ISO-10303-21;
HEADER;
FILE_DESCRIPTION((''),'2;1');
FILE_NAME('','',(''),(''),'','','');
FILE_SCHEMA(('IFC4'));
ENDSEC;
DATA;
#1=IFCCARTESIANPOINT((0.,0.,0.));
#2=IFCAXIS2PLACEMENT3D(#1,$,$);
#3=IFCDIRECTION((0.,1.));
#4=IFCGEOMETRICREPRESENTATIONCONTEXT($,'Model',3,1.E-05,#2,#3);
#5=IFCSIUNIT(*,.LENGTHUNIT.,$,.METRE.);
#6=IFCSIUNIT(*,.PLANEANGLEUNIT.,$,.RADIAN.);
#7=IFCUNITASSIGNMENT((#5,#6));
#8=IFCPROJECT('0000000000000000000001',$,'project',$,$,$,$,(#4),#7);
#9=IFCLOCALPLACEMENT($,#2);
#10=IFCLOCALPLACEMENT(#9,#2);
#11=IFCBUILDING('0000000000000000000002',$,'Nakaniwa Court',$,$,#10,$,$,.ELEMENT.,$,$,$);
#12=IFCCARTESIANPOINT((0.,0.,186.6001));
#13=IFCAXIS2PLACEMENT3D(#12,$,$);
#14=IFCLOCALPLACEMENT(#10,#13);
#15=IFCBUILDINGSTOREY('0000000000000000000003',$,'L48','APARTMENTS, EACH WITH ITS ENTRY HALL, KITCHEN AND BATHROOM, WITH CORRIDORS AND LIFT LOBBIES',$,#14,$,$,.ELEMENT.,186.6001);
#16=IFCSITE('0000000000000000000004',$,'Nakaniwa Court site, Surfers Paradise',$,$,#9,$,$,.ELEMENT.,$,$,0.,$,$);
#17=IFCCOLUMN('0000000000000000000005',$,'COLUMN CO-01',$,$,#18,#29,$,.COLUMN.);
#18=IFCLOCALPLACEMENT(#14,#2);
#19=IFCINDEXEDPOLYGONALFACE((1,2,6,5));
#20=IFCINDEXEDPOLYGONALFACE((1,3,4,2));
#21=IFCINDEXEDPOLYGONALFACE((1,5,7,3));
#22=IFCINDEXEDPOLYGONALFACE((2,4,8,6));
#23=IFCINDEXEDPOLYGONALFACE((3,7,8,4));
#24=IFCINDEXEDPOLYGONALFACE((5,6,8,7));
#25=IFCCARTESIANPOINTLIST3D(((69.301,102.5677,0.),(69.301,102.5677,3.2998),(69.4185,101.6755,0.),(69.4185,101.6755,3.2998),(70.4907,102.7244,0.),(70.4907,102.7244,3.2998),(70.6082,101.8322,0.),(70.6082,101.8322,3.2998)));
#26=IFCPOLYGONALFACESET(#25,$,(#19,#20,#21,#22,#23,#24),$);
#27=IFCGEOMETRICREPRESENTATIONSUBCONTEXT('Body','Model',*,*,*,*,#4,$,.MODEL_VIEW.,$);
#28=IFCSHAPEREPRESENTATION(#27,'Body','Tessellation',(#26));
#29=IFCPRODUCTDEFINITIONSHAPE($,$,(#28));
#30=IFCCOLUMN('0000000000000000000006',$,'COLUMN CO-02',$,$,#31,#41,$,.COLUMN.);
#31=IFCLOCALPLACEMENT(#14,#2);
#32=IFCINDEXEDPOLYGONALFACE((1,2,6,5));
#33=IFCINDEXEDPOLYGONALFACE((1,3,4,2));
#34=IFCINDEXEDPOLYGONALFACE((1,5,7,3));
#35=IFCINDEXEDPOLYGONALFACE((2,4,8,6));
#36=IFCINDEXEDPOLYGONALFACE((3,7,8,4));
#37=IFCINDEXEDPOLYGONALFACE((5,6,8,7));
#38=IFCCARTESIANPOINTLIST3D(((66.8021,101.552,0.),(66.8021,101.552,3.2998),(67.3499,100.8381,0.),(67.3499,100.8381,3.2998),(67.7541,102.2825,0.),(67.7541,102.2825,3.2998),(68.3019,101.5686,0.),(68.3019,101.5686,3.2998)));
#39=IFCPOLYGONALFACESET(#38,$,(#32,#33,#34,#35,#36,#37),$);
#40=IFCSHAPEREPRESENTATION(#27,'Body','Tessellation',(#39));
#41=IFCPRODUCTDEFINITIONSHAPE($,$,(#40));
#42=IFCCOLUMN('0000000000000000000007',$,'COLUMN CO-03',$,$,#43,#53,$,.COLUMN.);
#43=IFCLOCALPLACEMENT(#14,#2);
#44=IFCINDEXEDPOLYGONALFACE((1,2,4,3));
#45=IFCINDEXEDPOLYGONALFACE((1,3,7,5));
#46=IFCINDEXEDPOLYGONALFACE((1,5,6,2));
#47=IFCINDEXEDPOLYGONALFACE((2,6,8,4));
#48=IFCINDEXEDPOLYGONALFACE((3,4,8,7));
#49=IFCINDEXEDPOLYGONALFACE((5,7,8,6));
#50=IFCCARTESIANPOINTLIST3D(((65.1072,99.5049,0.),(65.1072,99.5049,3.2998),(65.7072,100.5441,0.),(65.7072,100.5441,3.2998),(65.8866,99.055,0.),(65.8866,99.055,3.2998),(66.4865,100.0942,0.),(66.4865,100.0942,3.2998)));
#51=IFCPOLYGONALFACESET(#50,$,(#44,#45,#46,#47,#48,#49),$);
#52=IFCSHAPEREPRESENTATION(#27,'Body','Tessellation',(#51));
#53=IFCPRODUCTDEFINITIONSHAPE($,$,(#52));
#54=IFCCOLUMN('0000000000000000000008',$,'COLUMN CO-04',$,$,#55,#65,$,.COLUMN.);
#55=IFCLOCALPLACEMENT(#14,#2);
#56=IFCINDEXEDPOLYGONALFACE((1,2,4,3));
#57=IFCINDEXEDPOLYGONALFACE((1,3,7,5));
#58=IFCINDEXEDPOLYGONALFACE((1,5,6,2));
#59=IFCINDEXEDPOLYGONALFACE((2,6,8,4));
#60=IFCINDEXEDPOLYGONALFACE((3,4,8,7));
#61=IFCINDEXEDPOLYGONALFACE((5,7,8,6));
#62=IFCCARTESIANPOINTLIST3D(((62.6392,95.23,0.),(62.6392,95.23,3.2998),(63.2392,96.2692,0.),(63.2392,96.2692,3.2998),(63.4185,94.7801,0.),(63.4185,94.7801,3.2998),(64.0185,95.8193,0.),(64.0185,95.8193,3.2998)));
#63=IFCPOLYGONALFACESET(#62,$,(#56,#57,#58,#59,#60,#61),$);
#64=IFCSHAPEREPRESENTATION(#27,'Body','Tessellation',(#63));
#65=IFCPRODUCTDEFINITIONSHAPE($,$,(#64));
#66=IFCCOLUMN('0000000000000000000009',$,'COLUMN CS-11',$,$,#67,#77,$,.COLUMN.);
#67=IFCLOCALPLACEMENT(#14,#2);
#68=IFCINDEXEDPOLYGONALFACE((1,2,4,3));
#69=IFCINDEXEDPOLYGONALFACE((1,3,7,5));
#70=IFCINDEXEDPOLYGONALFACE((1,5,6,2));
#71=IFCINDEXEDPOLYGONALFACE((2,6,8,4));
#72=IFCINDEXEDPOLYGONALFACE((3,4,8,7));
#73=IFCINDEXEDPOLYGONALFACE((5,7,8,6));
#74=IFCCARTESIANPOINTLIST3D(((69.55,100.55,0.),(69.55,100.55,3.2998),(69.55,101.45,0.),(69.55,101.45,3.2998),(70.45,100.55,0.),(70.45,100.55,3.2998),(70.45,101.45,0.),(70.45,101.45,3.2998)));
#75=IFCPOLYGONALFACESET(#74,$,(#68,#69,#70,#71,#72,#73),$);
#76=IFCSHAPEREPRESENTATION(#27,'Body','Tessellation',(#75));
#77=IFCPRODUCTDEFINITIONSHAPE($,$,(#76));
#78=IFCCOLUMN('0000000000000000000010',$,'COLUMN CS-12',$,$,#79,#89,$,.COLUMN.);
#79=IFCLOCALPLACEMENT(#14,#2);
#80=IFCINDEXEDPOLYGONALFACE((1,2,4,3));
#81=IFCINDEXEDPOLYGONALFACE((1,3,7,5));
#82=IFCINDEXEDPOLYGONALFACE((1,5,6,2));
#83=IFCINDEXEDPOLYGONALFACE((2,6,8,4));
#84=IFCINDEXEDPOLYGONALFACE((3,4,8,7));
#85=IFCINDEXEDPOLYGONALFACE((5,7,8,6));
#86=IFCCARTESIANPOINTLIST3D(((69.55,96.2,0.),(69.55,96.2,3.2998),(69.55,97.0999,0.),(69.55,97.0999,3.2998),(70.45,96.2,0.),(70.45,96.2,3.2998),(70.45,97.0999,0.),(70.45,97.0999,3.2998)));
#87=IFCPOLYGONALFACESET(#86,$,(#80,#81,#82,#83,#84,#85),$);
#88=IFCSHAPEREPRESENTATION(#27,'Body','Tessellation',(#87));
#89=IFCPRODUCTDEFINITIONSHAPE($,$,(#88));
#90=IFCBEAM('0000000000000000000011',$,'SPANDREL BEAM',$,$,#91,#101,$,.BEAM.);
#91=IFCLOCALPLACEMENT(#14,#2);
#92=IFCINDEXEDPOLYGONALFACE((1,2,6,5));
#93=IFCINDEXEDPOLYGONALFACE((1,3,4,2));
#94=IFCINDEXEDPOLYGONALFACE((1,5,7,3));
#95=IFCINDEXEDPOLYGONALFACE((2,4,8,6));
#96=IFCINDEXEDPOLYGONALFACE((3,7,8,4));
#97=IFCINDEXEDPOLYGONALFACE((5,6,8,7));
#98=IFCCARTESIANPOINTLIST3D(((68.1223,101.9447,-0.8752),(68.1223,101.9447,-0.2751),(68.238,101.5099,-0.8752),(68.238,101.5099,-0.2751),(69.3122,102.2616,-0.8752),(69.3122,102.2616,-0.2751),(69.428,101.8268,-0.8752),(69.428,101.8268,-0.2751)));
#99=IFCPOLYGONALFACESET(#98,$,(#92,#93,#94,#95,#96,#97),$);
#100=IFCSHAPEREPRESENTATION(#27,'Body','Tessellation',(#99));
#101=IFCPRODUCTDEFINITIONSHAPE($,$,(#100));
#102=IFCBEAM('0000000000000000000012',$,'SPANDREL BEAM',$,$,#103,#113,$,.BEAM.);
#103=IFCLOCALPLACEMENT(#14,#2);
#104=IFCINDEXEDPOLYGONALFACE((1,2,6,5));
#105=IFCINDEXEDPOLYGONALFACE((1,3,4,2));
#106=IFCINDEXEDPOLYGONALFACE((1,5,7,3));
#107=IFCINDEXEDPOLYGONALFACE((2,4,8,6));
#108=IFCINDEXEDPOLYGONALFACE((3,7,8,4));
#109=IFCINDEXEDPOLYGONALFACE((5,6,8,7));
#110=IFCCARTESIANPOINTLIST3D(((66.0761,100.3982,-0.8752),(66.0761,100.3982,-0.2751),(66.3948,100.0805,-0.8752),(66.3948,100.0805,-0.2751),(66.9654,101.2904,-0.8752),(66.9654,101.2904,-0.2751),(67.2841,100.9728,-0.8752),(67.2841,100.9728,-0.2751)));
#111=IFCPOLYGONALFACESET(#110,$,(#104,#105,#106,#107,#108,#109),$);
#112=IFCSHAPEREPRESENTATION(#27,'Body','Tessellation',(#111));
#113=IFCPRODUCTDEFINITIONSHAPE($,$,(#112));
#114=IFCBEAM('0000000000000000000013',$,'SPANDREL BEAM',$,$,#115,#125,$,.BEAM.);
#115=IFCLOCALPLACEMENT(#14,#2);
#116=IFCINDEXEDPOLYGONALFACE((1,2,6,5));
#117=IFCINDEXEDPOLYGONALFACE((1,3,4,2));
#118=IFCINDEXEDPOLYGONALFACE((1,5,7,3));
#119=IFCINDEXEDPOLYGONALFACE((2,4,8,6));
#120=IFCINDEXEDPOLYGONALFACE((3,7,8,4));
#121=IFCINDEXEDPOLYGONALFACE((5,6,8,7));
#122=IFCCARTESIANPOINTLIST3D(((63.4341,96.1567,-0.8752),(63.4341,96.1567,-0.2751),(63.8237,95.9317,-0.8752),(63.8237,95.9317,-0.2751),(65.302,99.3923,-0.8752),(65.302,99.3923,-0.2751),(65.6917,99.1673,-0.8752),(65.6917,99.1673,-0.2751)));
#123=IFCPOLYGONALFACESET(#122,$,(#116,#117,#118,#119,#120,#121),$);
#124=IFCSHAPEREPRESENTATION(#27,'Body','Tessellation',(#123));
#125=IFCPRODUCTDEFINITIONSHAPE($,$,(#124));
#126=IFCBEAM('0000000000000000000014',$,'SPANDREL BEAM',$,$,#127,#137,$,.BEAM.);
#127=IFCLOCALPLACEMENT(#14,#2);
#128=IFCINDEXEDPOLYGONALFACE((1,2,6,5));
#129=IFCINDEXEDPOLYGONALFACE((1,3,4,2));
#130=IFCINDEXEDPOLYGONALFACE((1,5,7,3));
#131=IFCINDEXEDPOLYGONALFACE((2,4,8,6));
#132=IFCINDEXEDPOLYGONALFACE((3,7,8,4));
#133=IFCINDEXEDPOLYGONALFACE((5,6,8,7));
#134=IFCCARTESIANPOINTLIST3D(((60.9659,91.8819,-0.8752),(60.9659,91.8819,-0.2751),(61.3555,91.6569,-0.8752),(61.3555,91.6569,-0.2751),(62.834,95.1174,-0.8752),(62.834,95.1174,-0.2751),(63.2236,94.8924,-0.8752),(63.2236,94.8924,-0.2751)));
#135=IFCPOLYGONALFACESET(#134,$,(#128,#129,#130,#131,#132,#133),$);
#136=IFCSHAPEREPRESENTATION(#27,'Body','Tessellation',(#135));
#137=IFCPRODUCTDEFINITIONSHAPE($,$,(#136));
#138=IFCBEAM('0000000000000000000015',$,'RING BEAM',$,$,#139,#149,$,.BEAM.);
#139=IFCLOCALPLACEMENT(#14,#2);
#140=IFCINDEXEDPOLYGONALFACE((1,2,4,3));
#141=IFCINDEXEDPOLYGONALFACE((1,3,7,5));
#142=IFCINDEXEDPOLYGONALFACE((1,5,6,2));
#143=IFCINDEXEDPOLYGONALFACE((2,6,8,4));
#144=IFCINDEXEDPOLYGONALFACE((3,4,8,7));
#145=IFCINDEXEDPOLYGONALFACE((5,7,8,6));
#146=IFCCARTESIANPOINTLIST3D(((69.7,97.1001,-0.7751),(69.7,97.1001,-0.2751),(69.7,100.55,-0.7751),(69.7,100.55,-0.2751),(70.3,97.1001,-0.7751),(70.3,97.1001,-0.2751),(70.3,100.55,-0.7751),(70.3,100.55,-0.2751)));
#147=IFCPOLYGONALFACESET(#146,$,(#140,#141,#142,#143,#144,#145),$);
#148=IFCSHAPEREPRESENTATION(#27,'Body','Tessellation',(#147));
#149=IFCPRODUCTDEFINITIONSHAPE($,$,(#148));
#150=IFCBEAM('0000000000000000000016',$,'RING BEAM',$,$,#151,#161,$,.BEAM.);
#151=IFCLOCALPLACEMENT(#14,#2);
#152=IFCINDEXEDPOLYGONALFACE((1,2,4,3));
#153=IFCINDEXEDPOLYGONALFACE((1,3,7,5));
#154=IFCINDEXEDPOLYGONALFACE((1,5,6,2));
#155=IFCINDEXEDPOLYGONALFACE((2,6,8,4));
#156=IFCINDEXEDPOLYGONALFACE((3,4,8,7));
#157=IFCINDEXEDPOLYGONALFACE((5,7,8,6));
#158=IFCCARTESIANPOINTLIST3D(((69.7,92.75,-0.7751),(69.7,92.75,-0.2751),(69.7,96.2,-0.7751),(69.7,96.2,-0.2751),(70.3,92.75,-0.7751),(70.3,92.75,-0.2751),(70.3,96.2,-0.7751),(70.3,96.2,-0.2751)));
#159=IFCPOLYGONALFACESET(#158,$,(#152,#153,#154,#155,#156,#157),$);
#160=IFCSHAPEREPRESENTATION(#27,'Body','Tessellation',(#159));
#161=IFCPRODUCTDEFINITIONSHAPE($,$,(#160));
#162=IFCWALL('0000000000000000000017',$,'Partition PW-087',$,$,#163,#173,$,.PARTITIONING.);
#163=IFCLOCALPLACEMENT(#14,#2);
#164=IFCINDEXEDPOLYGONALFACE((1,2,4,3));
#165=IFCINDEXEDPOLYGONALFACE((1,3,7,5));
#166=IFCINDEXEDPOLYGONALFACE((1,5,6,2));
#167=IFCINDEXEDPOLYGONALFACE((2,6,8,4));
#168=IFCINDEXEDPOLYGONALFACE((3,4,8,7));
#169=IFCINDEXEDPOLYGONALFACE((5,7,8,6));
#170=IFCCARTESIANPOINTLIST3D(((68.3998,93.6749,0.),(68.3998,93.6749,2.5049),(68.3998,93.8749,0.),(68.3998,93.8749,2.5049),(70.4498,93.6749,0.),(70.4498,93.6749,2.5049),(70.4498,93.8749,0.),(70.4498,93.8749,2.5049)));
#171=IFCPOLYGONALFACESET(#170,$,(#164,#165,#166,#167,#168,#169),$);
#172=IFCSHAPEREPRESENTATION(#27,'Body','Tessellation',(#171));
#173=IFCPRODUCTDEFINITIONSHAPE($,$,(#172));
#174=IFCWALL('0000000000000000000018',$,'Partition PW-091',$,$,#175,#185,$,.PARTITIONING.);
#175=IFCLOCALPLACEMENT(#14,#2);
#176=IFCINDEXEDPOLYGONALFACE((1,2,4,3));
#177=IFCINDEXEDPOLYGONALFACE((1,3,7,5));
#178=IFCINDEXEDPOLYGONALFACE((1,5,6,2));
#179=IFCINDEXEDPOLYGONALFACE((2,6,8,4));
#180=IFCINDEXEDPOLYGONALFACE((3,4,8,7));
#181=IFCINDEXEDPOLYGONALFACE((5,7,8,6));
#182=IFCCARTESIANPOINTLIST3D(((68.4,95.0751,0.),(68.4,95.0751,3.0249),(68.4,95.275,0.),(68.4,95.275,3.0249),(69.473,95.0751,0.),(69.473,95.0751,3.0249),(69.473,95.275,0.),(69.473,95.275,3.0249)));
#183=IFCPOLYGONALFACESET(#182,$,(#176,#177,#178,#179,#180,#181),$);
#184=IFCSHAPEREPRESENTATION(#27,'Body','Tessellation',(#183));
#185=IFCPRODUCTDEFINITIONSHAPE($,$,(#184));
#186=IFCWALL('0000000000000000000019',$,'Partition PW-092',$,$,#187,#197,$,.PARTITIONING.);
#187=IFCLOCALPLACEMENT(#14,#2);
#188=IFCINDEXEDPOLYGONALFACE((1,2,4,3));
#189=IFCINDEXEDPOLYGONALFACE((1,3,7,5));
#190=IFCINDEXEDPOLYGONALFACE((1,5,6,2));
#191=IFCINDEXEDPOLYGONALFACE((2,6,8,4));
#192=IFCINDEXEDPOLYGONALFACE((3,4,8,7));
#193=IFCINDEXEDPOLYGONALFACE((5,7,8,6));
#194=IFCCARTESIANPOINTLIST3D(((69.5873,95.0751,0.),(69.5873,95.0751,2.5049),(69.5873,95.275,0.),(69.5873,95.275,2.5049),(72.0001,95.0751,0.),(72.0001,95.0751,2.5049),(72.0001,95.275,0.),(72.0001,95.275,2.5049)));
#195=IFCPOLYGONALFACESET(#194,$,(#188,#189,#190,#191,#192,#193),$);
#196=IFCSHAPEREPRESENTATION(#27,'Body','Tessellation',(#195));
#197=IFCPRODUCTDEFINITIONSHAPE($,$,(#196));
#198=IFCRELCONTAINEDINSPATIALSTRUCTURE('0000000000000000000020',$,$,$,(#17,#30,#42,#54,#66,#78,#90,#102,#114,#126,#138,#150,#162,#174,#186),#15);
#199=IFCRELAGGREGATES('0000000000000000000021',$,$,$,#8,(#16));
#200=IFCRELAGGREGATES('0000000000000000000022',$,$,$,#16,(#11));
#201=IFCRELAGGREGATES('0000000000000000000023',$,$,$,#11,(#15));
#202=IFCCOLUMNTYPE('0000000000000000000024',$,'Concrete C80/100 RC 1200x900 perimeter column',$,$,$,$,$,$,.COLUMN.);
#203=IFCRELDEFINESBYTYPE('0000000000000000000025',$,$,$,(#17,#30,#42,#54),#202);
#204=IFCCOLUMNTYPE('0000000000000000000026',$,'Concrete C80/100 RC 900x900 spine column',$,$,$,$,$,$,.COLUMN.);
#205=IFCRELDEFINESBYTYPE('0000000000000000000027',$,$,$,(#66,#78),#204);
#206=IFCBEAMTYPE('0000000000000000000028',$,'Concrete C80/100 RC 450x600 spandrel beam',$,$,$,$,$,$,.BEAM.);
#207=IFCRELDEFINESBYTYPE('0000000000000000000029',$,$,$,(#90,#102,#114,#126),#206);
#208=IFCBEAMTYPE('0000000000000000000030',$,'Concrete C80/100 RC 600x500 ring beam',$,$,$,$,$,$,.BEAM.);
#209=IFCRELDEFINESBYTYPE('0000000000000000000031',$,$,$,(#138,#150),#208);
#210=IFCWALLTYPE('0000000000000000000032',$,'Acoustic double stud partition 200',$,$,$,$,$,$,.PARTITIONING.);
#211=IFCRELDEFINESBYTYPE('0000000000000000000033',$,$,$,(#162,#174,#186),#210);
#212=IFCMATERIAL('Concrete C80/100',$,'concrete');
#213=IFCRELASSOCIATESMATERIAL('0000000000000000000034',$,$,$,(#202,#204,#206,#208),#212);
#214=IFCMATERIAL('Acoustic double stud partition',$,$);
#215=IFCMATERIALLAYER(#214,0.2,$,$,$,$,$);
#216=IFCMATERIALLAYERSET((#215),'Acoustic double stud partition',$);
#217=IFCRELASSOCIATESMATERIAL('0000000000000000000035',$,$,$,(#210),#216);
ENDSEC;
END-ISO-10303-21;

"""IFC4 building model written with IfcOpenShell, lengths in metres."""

from ifc_helpers import new_model, si_unit, direction, frame, frame_2d, origin, origin_2d, place, context, subcontext, project, spatial, rectangle, extrude, material, layer, layer_set, material_profile, profile_set, type_object, element, save


model = new_model("IFC4")

# Units and contexts
model_context = context("Model", 3, precision=1e-05, world=origin(), true_north=direction((0.0, 1.0)))
body_context = subcontext(model_context, "Body", "Model", "MODEL_VIEW")
ifc_project = project(units=[si_unit("LENGTHUNIT", "METRE"), si_unit("PLANEANGLEUNIT", "RADIAN")], contexts=[model_context])

# Site, building, storey
site_placement = place(None, origin())
site = spatial("IfcSite", under=ifc_project, at=site_placement, Name="Nakaniwa Court site, Surfers Paradise", CompositionType="ELEMENT", RefElevation=0.0)
building_placement = place(site_placement, origin())
building = spatial("IfcBuilding", under=site, at=building_placement, Name="Nakaniwa Court", CompositionType="ELEMENT")
storey_placement = place(building_placement, frame((0.0, 0.0, 186.6001)))
storey = spatial("IfcBuildingStorey", under=building, at=storey_placement, Name="L48", Description="APARTMENTS, EACH WITH ITS ENTRY HALL, KITCHEN AND BATHROOM, WITH CORRIDORS AND LIFT LOBBIES", CompositionType="ELEMENT", Elevation=186.6001)

# Columns
ifc_material_1 = material(Name="Concrete C80/100", Category="concrete")
ifc_material_profile_1 = material_profile(ifc_material_1, rectangle(XDim=1.2, YDim=0.8999, at=origin_2d()), Name="Concrete C80/100 RC 1200x900 perimeter column")
ifc_profile_set_1 = profile_set([ifc_material_profile_1], Name="Concrete C80/100")
column_type_1 = type_object("IfcColumnType", Name="Concrete C80/100 RC 1200x900 perimeter column", PredefinedType="COLUMN", material=ifc_profile_set_1)
for number, where, z_axis, x_axis, name in (
    (1, (69.9546, 102.2, 0.0), (0.0, 0.0, 1.0), (-0.991443, -0.130543, 0.0), "COLUMN CO-01"),
    (2, (67.552, 101.5603, 0.0), (0.0, 0.0, 1.0), (-0.793364, -0.608748, 0.0), "COLUMN CO-02"),
    (3, (65.7969, 99.7996, 0.0), (0.0, 0.0, 1.0), (-0.5, -0.866025, 0.0), "COLUMN CO-03"),
    (4, (63.3289, 95.5247, 0.0), (0.0, 0.0, 1.0), (-0.5, -0.866025, 0.0), "COLUMN CO-04"),
):
    element("IfcColumn", number, at=place(storey_placement, frame(where, z_axis=z_axis, x_axis=x_axis)), inside=storey, type_object=column_type_1, Name=name, PredefinedType="COLUMN", context=body_context, shape_type="SweptSolid", body=[
        extrude(rectangle(XDim=1.2, YDim=0.8999, at=origin_2d()), origin(), (0.0, 0.0, 1.0), 3.2998),
    ])
ifc_material_profile_2 = material_profile(ifc_material_1, rectangle(XDim=0.8999, YDim=0.8999, at=origin_2d()), Name="Concrete C80/100 RC 900x900 spine column")
ifc_profile_set_2 = profile_set([ifc_material_profile_2], Name="Concrete C80/100")
column_type_2 = type_object("IfcColumnType", Name="Concrete C80/100 RC 900x900 spine column", PredefinedType="COLUMN", material=ifc_profile_set_2)
for number, where, z_axis, x_axis, name in (
    (5, (70.0, 101.0, 0.0), (0.0, 0.0, 1.0), (0.0, -1.0, 0.0), "COLUMN CS-11"),
    (6, (70.0, 96.6499, 0.0), (0.0, 0.0, 1.0), (0.0, -1.0, 0.0), "COLUMN CS-12"),
):
    element("IfcColumn", number, at=place(storey_placement, frame(where, z_axis=z_axis, x_axis=x_axis)), inside=storey, type_object=column_type_2, Name=name, PredefinedType="COLUMN", context=body_context, shape_type="SweptSolid", body=[
        extrude(rectangle(XDim=0.8999, YDim=0.8999, at=origin_2d()), origin(), (0.0, 0.0, 1.0), 3.2998),
    ])

# Beams
ifc_material_profile_3 = material_profile(ifc_material_1, rectangle(XDim=0.45, YDim=0.6001, at=origin_2d()), Name="Concrete C80/100 RC 450x600 spandrel beam")
ifc_profile_set_3 = profile_set([ifc_material_profile_3], Name="Concrete C80/100")
beam_type_1 = type_object("IfcBeamType", Name="Concrete C80/100 RC 450x600 spandrel beam", PredefinedType="BEAM", material=ifc_profile_set_3)
beam_1_placement = place(storey_placement, frame((69.3701, 102.0442, -0.5752), z_axis=(-0.96632, -0.257342, 0.0), x_axis=(0.257342, -0.96632, 0.0)))
element("IfcBeam", 7, at=beam_1_placement, inside=storey, type_object=beam_type_1, Name="SPANDREL BEAM", PredefinedType="BEAM", context=body_context, shape_type="SweptSolid", body=[
    extrude(rectangle(XDim=0.45, YDim=0.6001, at=origin_2d()), origin(), (0.0, 0.0, 1.0), 1.2314),
])
beam_2_placement = place(storey_placement, frame((67.1248, 101.1316, -0.5752), z_axis=(-0.705943, -0.708269, 0.0), x_axis=(0.708269, -0.705943, 0.0)))
element("IfcBeam", 8, at=beam_2_placement, inside=storey, type_object=beam_type_1, Name="SPANDREL BEAM", PredefinedType="BEAM", context=body_context, shape_type="SweptSolid", body=[
    extrude(rectangle(XDim=0.45, YDim=0.6001, at=origin_2d()), origin(), (0.0, 0.0, 1.0), 1.2598),
])
for number, where, z_axis, x_axis, name in (
    (9, (65.4968, 99.2798, -0.5752), (-0.499969, -0.866043, 0.0), (0.866043, -0.499969, 0.0), "SPANDREL BEAM"),
    (10, (63.0288, 95.0049, -0.5752), (-0.500018, -0.866015, 0.0), (0.866015, -0.500018, 0.0), "SPANDREL BEAM"),
):
    element("IfcBeam", number, at=place(storey_placement, frame(where, z_axis=z_axis, x_axis=x_axis)), inside=storey, type_object=beam_type_1, Name=name, PredefinedType="BEAM", context=body_context, shape_type="SweptSolid", body=[
        extrude(rectangle(XDim=0.45, YDim=0.6001, at=origin_2d()), origin(), (0.0, 0.0, 1.0), 3.7361),
    ])
ifc_material_profile_4 = material_profile(ifc_material_1, rectangle(XDim=0.6001, YDim=0.5, at=origin_2d()), Name="Concrete C80/100 RC 600x500 ring beam")
ifc_profile_set_4 = profile_set([ifc_material_profile_4], Name="Concrete C80/100")
beam_type_2 = type_object("IfcBeamType", Name="Concrete C80/100 RC 600x500 ring beam", PredefinedType="BEAM", material=ifc_profile_set_4)
for number, where, z_axis, x_axis, name in (
    (11, (70.0, 100.55, -0.5251), (0.0, -1.0, 0.0), (1.0, 0.0, 0.0), "RING BEAM"),
    (12, (70.0, 96.2, -0.5251), (0.0, -1.0, 0.0), (1.0, 0.0, 0.0), "RING BEAM"),
):
    element("IfcBeam", number, at=place(storey_placement, frame(where, z_axis=z_axis, x_axis=x_axis)), inside=storey, type_object=beam_type_2, Name=name, PredefinedType="BEAM", context=body_context, shape_type="SweptSolid", body=[
        extrude(rectangle(XDim=0.6001, YDim=0.5, at=origin_2d()), origin(), (0.0, 0.0, 1.0), 3.45),
    ])

# Walls
ifc_material_2 = material(Name="Acoustic double stud partition")
ifc_layer_1 = layer(ifc_material_2, 0.2)
ifc_layer_set_1 = layer_set([ifc_layer_1], Name="Acoustic double stud partition")
wall_type_1 = type_object("IfcWallType", Name="Acoustic double stud partition 200", PredefinedType="PARTITIONING", material=ifc_layer_set_1)
wall_1_placement = place(storey_placement, frame((68.3999, 93.7749, 0.0), z_axis=(0.0, 0.0, 1.0), x_axis=(1.0, 0.0, 0.0)))
element("IfcWall", 13, at=wall_1_placement, inside=storey, type_object=wall_type_1, Name="Partition PW-087", PredefinedType="PARTITIONING", context=body_context, shape_type="SweptSolid", body=[
    extrude(rectangle(XDim=2.05, YDim=0.2, at=frame_2d((1.0249, 0.0))), origin(), (0.0, 0.0, 1.0), 2.5049),
])
wall_2_placement = place(storey_placement, frame((68.3999, 95.175, 0.0), z_axis=(0.0, 0.0, 1.0), x_axis=(1.0, 0.0, 0.0)))
element("IfcWall", 14, at=wall_2_placement, inside=storey, type_object=wall_type_1, Name="Partition PW-091", PredefinedType="PARTITIONING", context=body_context, shape_type="SweptSolid", body=[
    extrude(rectangle(XDim=1.073, YDim=0.2, at=frame_2d((0.5366, 0.0))), origin(), (0.0, 0.0, 1.0), 3.0249),
])
wall_3_placement = place(storey_placement, frame((69.5872, 95.175, 0.0), z_axis=(0.0, 0.0, 1.0), x_axis=(1.0, 0.0, 0.0)))
element("IfcWall", 15, at=wall_3_placement, inside=storey, type_object=wall_type_1, Name="Partition PW-092", PredefinedType="PARTITIONING", context=body_context, shape_type="SweptSolid", body=[
    extrude(rectangle(XDim=2.4128, YDim=0.2, at=frame_2d((1.2065, 0.0))), origin(), (0.0, 0.0, 1.0), 2.5049),
])

save(model, "model.ifc")
